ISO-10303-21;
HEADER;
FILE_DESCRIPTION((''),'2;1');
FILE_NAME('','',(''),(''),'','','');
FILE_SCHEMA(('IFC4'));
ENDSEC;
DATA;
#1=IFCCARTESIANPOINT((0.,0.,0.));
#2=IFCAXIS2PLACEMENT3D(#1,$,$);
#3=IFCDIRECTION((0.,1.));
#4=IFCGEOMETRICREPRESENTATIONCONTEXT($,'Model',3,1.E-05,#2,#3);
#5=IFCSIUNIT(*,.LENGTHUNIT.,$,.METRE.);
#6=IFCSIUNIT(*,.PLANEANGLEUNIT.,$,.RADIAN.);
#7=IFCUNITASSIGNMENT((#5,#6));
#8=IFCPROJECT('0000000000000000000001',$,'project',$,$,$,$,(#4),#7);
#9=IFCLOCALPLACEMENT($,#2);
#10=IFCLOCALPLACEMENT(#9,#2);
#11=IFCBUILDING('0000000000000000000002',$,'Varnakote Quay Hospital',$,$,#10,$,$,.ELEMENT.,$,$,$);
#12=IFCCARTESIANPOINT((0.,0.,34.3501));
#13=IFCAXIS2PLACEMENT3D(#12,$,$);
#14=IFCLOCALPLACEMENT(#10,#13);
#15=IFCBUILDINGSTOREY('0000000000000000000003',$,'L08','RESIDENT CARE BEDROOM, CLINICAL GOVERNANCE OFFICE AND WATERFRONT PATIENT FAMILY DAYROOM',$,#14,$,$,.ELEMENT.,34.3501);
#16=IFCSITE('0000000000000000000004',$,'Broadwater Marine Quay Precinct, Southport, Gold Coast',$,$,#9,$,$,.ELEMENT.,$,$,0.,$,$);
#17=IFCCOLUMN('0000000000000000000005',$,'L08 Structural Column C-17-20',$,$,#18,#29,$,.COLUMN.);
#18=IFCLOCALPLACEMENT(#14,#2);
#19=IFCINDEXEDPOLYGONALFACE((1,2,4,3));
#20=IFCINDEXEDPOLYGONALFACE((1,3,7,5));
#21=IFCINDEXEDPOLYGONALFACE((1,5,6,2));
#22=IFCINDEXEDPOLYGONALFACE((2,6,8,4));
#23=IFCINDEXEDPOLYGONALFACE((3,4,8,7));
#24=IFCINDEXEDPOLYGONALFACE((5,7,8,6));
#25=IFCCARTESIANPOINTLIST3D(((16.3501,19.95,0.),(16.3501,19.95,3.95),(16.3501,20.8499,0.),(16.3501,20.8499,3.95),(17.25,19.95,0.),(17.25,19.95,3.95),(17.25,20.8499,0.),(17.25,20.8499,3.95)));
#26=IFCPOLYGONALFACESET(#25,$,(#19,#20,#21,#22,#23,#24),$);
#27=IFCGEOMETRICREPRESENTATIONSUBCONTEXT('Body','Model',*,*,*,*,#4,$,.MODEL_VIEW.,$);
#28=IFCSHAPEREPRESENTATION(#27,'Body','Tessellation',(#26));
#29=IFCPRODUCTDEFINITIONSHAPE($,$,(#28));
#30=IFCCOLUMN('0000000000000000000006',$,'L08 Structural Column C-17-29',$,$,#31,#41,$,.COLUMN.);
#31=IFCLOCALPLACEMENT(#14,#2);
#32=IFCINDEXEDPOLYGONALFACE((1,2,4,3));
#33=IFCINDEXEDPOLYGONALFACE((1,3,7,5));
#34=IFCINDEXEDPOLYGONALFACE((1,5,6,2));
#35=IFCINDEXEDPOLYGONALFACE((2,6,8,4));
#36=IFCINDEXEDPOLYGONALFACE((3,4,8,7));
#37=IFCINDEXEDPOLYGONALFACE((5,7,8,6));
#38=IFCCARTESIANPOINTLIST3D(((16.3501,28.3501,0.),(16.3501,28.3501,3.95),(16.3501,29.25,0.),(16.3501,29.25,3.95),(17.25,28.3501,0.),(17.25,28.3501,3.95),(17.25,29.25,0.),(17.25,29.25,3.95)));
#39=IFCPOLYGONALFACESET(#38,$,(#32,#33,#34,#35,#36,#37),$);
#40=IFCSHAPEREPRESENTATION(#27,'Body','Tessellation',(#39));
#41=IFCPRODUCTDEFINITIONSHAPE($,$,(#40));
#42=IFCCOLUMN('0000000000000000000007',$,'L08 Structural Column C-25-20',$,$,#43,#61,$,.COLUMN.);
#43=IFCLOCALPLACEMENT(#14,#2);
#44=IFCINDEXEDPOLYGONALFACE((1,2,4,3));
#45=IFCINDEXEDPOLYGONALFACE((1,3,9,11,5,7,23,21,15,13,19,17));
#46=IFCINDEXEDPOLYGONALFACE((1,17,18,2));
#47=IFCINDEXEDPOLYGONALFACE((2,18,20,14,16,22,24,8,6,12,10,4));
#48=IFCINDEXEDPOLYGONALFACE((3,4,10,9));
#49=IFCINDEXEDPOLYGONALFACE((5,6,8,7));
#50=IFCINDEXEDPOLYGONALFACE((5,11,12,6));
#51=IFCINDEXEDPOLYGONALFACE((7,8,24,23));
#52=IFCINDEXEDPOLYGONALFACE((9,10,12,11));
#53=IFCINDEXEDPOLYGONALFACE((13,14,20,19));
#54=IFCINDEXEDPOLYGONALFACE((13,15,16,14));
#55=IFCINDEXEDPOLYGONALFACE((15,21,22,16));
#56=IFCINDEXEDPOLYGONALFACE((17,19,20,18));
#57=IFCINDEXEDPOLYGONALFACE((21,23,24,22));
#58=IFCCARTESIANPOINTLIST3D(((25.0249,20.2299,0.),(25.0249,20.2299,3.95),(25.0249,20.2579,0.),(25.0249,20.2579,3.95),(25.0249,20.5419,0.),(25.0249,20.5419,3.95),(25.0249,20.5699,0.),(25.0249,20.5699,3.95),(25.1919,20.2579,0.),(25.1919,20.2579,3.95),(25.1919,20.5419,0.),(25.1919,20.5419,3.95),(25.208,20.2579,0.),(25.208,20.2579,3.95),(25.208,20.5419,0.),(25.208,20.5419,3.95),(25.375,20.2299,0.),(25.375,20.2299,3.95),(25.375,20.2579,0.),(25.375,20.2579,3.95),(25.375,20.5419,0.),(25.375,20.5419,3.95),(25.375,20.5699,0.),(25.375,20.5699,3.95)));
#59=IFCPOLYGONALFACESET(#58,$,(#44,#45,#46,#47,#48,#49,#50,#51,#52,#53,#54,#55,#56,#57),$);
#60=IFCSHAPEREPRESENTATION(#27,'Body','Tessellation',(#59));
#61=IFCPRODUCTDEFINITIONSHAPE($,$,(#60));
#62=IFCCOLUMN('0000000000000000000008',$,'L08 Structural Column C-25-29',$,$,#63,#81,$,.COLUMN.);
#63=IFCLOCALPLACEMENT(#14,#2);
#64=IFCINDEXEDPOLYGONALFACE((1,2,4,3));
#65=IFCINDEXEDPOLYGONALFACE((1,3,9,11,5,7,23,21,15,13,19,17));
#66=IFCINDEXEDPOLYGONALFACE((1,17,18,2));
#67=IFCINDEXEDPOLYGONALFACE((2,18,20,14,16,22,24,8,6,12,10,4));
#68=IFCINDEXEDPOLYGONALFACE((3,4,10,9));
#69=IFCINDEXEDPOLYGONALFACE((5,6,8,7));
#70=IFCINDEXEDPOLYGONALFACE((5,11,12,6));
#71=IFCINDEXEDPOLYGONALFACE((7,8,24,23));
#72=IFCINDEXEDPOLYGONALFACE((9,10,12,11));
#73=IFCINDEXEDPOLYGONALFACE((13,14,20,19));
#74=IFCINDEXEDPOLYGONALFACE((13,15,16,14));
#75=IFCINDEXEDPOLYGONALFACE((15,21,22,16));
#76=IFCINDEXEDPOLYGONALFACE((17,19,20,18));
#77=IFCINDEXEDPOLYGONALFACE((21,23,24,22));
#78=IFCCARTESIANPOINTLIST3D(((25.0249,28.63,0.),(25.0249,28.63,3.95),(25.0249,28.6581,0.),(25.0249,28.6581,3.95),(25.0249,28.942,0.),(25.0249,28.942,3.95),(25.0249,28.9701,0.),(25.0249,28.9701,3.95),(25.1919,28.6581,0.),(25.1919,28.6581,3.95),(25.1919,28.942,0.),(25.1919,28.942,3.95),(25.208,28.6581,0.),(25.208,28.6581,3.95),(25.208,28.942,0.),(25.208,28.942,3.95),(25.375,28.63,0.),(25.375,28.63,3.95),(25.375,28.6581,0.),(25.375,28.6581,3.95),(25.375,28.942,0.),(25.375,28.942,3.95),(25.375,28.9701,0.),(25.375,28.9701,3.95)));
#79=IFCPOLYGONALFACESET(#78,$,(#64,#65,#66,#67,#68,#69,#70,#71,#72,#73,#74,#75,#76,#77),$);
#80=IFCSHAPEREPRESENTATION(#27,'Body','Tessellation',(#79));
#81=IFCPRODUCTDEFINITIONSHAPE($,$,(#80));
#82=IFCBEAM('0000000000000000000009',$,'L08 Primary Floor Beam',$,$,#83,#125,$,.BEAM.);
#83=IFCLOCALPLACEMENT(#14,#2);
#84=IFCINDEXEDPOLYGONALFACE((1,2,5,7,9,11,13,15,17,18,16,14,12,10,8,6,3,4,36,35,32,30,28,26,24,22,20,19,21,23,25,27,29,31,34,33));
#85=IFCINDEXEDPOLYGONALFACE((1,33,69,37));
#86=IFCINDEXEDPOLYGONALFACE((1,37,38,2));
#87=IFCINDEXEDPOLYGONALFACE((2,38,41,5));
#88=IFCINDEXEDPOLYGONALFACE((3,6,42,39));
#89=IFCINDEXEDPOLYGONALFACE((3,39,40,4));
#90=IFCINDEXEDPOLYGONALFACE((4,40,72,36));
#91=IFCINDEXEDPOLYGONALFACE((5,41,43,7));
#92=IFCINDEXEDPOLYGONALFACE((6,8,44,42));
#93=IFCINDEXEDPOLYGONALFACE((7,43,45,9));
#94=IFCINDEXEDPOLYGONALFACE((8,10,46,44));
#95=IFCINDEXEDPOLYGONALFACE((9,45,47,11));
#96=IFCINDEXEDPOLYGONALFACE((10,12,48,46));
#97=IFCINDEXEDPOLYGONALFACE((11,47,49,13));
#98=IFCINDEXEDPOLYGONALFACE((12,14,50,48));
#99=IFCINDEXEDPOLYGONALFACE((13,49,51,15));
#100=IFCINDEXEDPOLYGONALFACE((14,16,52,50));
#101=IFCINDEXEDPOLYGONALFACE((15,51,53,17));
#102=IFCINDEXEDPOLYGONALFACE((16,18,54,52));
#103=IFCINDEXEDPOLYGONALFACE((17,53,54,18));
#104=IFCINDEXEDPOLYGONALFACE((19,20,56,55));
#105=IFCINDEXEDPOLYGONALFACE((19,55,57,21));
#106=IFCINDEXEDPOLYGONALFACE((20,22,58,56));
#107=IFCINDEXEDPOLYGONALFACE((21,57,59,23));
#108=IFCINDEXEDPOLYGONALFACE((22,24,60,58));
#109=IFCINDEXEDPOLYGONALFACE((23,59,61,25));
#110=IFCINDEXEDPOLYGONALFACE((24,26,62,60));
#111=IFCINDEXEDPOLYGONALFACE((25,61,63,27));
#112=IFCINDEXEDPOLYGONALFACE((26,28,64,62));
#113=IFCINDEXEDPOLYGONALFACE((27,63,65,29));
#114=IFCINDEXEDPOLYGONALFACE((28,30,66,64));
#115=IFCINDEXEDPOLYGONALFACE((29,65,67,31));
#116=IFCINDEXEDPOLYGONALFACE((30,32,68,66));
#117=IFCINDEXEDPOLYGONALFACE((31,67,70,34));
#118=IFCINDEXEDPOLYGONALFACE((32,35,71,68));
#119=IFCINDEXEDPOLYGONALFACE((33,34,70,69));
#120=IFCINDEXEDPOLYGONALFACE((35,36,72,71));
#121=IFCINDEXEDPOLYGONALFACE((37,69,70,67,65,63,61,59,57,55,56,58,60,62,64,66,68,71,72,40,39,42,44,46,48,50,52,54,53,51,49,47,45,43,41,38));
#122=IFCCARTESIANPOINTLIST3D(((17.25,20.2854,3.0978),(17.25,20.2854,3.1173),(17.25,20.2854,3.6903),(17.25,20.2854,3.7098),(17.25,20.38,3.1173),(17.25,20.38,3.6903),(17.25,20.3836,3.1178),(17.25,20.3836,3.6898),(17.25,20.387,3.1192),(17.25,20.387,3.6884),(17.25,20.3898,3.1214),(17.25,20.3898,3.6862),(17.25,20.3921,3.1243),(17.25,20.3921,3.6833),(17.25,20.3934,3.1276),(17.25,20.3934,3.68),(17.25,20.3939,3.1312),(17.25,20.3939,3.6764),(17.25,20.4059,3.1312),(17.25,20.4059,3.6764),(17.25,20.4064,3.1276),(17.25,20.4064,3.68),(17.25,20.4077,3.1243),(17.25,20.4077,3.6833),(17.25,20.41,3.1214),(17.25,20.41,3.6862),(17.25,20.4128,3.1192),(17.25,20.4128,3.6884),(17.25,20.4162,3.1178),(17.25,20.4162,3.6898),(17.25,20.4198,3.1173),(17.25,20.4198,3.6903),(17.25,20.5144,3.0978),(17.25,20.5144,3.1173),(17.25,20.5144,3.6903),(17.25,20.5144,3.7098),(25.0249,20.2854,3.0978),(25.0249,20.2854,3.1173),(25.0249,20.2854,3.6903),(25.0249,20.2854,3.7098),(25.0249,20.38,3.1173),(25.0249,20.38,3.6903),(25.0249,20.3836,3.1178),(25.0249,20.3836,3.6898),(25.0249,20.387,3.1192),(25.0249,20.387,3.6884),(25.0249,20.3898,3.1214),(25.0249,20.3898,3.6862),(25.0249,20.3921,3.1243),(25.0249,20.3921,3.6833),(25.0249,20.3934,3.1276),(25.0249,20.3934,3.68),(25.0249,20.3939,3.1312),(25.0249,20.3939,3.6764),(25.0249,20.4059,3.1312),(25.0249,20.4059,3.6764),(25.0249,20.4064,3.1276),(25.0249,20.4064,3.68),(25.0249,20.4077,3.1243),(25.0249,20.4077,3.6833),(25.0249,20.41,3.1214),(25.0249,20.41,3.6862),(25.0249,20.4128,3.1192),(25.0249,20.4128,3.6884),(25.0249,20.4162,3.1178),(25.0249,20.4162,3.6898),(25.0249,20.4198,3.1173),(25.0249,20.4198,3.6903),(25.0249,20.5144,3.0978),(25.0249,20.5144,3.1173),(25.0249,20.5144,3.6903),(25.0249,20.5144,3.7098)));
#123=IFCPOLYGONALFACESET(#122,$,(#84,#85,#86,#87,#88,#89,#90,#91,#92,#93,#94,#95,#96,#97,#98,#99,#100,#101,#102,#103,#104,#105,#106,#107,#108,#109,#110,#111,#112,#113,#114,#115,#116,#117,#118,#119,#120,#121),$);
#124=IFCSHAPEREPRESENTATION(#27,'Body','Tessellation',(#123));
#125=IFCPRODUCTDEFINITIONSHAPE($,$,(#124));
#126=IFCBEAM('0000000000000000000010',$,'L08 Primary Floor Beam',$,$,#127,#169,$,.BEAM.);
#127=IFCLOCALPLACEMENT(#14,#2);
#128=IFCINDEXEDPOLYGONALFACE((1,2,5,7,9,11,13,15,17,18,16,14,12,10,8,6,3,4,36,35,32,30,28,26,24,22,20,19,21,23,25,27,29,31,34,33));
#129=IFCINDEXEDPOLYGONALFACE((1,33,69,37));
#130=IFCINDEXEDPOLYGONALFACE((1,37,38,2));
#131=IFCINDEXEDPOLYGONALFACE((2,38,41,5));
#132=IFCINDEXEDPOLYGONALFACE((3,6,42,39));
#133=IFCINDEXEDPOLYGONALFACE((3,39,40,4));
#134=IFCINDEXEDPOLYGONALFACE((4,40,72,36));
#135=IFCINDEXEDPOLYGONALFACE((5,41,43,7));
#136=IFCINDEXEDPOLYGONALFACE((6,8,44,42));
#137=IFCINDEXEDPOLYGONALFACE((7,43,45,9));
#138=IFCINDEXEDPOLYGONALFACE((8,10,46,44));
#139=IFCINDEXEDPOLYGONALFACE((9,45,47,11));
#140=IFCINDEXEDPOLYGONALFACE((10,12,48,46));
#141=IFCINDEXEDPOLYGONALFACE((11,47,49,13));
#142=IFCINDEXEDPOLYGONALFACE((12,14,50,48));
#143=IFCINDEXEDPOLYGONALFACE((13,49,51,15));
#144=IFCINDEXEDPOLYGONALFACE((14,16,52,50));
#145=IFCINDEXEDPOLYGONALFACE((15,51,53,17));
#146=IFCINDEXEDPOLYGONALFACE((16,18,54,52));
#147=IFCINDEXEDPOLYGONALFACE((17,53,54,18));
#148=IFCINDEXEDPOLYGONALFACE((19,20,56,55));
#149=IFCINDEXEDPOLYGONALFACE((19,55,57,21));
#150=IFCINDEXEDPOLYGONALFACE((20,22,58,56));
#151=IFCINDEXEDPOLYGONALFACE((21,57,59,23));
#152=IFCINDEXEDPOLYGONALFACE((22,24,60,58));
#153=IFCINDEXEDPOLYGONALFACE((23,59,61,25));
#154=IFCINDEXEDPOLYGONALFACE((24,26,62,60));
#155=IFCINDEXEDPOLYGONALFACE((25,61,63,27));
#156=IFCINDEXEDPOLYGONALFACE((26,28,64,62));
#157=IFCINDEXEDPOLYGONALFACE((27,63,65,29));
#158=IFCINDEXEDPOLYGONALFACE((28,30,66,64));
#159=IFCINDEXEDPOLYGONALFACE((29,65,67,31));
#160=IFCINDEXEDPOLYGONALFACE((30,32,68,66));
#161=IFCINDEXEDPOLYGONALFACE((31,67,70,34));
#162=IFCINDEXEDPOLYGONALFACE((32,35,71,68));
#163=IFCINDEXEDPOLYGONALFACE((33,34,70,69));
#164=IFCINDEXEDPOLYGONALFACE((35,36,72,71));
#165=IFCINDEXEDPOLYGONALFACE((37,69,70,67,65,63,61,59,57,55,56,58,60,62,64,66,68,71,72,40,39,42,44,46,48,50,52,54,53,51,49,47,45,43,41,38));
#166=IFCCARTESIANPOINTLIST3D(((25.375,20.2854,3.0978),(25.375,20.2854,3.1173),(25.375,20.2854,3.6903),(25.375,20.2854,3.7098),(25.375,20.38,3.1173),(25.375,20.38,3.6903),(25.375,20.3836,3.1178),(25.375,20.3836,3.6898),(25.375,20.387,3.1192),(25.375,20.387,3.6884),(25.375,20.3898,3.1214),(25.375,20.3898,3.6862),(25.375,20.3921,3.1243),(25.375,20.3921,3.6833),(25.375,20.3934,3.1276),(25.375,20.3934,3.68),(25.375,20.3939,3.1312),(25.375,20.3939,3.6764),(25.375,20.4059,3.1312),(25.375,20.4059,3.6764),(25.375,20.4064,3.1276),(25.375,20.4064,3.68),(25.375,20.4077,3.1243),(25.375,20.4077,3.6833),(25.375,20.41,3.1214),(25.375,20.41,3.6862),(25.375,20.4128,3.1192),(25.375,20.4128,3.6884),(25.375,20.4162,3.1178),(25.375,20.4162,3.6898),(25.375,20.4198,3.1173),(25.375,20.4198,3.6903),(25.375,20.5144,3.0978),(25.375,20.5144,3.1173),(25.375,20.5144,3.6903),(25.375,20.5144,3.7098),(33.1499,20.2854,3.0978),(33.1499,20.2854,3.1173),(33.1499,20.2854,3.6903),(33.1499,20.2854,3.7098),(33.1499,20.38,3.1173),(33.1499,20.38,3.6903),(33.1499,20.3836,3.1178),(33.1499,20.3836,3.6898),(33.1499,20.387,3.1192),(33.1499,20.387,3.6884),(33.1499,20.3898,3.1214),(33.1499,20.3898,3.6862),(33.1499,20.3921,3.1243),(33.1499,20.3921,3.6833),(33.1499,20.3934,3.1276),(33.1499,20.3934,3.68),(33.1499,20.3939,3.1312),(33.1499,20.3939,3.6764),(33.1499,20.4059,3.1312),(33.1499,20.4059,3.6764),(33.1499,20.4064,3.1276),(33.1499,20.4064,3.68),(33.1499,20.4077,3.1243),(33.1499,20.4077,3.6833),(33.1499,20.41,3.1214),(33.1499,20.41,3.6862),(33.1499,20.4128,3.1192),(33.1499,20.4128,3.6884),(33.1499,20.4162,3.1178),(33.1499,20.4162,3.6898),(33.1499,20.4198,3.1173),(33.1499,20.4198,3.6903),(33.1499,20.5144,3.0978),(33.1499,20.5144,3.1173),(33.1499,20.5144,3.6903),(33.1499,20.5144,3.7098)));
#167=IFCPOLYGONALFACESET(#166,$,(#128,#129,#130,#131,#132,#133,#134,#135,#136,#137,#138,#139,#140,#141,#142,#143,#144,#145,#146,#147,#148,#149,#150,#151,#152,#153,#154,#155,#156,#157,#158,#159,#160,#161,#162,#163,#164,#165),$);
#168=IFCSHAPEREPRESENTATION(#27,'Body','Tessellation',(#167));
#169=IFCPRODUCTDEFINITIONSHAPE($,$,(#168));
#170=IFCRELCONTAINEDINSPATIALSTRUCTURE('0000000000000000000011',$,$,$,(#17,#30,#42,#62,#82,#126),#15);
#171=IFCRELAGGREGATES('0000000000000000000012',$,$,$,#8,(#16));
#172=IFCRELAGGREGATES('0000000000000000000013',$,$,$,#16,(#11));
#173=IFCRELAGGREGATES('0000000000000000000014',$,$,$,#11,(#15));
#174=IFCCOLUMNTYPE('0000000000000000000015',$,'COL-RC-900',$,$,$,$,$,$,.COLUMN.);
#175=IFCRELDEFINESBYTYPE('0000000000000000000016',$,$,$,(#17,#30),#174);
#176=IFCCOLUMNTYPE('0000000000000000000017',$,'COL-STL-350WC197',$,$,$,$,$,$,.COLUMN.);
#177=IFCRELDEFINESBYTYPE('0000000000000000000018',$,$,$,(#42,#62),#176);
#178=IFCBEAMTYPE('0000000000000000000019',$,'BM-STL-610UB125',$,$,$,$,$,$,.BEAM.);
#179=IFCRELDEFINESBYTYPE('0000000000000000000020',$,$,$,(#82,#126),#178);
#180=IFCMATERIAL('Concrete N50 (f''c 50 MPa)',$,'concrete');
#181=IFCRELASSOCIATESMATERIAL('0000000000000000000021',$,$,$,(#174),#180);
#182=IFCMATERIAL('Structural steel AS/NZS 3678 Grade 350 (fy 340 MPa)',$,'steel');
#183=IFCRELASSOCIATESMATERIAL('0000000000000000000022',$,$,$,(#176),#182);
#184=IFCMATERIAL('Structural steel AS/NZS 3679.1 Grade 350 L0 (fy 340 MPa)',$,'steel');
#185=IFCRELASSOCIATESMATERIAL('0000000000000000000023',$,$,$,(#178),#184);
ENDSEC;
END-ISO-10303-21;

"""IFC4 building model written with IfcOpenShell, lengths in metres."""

from ifc_helpers import new_model, si_unit, direction, frame, origin, origin_2d, place, context, subcontext, project, spatial, rectangle, i_section, extrude, material, material_profile, profile_set, type_object, element, save


model = new_model("IFC4")

# Units and contexts
model_context = context("Model", 3, precision=1e-05, world=origin(), true_north=direction((0.0, 1.0)))
body_context = subcontext(model_context, "Body", "Model", "MODEL_VIEW")
ifc_project = project(units=[si_unit("LENGTHUNIT", "METRE"), si_unit("PLANEANGLEUNIT", "RADIAN")], contexts=[model_context])

# Site, building, storey
site_placement = place(None, origin())
site = spatial("IfcSite", under=ifc_project, at=site_placement, Name="Broadwater Marine Quay Precinct, Southport, Gold Coast", CompositionType="ELEMENT", RefElevation=0.0)
building_placement = place(site_placement, origin())
building = spatial("IfcBuilding", under=site, at=building_placement, Name="Varnakote Quay Hospital", CompositionType="ELEMENT")
storey_placement = place(building_placement, frame((0.0, 0.0, 34.3501)))
storey = spatial("IfcBuildingStorey", under=building, at=storey_placement, Name="L08", Description="RESIDENT CARE BEDROOM, CLINICAL GOVERNANCE OFFICE AND WATERFRONT PATIENT FAMILY DAYROOM", CompositionType="ELEMENT", Elevation=34.3501)

# Columns
ifc_material_1 = material(Name="Concrete N50 (f'c 50 MPa)", Category="concrete")
ifc_material_profile_1 = material_profile(ifc_material_1, rectangle(XDim=0.8999, YDim=0.8999, at=origin_2d()), Name="RC-COL-900x900")
ifc_profile_set_1 = profile_set([ifc_material_profile_1], Name="Concrete N50 (f'c 50 MPa)")
column_type_1 = type_object("IfcColumnType", Name="COL-RC-900", PredefinedType="COLUMN", material=ifc_profile_set_1)
for number, where, z_axis, x_axis, name in (
    (1, (16.8, 20.3999, 0.0), (0.0, 0.0, 1.0), (1.0, 0.0, 0.0), "L08 Structural Column C-17-20"),
    (2, (16.8, 28.8, 0.0), (0.0, 0.0, 1.0), (1.0, 0.0, 0.0), "L08 Structural Column C-17-29"),
):
    element("IfcColumn", number, at=place(storey_placement, frame(where, z_axis=z_axis, x_axis=x_axis)), inside=storey, type_object=column_type_1, Name=name, PredefinedType="COLUMN", context=body_context, shape_type="SweptSolid", body=[
        extrude(rectangle(XDim=0.8999, YDim=0.8999, at=origin_2d()), origin(), (0.0, 0.0, 1.0), 3.95),
    ])
ifc_material_2 = material(Name="Structural steel AS/NZS 3678 Grade 350 (fy 340 MPa)", Category="steel")
ifc_material_profile_2 = material_profile(ifc_material_2, i_section(OverallWidth=0.3501, OverallDepth=0.3401, WebThickness=0.0161, FlangeThickness=0.0281, at=origin_2d()), Name="350WC197")
ifc_profile_set_2 = profile_set([ifc_material_profile_2], Name="Structural steel AS/NZS 3678 Grade 350 (fy 340 MPa)")
column_type_2 = type_object("IfcColumnType", Name="COL-STL-350WC197", PredefinedType="COLUMN", material=ifc_profile_set_2)
for number, where, z_axis, x_axis, name in (
    (3, (25.2, 20.3999, 0.0), (0.0, 0.0, 1.0), (1.0, 0.0, 0.0), "L08 Structural Column C-25-20"),
    (4, (25.2, 28.8, 0.0), (0.0, 0.0, 1.0), (1.0, 0.0, 0.0), "L08 Structural Column C-25-29"),
):
    element("IfcColumn", number, at=place(storey_placement, frame(where, z_axis=z_axis, x_axis=x_axis)), inside=storey, type_object=column_type_2, Name=name, PredefinedType="COLUMN", context=body_context, shape_type="SweptSolid", body=[
        extrude(i_section(OverallWidth=0.3501, OverallDepth=0.3401, WebThickness=0.0161, FlangeThickness=0.0281, at=origin_2d()), origin(), (0.0, 0.0, 1.0), 3.95),
    ])

# Beams
ifc_material_3 = material(Name="Structural steel AS/NZS 3679.1 Grade 350 L0 (fy 340 MPa)", Category="steel")
ifc_material_profile_3 = material_profile(ifc_material_3, i_section(OverallWidth=0.229, OverallDepth=0.6121, WebThickness=0.012, FlangeThickness=0.0195, FilletRadius=0.0139, at=origin_2d()), Name="610UB125")
ifc_profile_set_3 = profile_set([ifc_material_profile_3], Name="Structural steel AS/NZS 3679.1 Grade 350 L0 (fy 340 MPa)")
beam_type_1 = type_object("IfcBeamType", Name="BM-STL-610UB125", PredefinedType="BEAM", material=ifc_profile_set_3)
for number, where, z_axis, x_axis, name in (
    (5, (17.25, 20.3999, 3.4038), (1.0, 0.0, 0.0), (0.0, 1.0, 0.0), "L08 Primary Floor Beam"),
    (6, (25.375, 20.3999, 3.4038), (1.0, 0.0, 0.0), (0.0, 1.0, 0.0), "L08 Primary Floor Beam"),
):
    element("IfcBeam", number, at=place(storey_placement, frame(where, z_axis=z_axis, x_axis=x_axis)), inside=storey, type_object=beam_type_1, Name=name, PredefinedType="BEAM", context=body_context, shape_type="SweptSolid", body=[
        extrude(i_section(OverallWidth=0.229, OverallDepth=0.6121, WebThickness=0.012, FlangeThickness=0.0195, FilletRadius=0.0139, at=origin_2d()), origin(), (0.0, 0.0, 1.0), 7.7749),
    ])

save(model, "model.ifc")
